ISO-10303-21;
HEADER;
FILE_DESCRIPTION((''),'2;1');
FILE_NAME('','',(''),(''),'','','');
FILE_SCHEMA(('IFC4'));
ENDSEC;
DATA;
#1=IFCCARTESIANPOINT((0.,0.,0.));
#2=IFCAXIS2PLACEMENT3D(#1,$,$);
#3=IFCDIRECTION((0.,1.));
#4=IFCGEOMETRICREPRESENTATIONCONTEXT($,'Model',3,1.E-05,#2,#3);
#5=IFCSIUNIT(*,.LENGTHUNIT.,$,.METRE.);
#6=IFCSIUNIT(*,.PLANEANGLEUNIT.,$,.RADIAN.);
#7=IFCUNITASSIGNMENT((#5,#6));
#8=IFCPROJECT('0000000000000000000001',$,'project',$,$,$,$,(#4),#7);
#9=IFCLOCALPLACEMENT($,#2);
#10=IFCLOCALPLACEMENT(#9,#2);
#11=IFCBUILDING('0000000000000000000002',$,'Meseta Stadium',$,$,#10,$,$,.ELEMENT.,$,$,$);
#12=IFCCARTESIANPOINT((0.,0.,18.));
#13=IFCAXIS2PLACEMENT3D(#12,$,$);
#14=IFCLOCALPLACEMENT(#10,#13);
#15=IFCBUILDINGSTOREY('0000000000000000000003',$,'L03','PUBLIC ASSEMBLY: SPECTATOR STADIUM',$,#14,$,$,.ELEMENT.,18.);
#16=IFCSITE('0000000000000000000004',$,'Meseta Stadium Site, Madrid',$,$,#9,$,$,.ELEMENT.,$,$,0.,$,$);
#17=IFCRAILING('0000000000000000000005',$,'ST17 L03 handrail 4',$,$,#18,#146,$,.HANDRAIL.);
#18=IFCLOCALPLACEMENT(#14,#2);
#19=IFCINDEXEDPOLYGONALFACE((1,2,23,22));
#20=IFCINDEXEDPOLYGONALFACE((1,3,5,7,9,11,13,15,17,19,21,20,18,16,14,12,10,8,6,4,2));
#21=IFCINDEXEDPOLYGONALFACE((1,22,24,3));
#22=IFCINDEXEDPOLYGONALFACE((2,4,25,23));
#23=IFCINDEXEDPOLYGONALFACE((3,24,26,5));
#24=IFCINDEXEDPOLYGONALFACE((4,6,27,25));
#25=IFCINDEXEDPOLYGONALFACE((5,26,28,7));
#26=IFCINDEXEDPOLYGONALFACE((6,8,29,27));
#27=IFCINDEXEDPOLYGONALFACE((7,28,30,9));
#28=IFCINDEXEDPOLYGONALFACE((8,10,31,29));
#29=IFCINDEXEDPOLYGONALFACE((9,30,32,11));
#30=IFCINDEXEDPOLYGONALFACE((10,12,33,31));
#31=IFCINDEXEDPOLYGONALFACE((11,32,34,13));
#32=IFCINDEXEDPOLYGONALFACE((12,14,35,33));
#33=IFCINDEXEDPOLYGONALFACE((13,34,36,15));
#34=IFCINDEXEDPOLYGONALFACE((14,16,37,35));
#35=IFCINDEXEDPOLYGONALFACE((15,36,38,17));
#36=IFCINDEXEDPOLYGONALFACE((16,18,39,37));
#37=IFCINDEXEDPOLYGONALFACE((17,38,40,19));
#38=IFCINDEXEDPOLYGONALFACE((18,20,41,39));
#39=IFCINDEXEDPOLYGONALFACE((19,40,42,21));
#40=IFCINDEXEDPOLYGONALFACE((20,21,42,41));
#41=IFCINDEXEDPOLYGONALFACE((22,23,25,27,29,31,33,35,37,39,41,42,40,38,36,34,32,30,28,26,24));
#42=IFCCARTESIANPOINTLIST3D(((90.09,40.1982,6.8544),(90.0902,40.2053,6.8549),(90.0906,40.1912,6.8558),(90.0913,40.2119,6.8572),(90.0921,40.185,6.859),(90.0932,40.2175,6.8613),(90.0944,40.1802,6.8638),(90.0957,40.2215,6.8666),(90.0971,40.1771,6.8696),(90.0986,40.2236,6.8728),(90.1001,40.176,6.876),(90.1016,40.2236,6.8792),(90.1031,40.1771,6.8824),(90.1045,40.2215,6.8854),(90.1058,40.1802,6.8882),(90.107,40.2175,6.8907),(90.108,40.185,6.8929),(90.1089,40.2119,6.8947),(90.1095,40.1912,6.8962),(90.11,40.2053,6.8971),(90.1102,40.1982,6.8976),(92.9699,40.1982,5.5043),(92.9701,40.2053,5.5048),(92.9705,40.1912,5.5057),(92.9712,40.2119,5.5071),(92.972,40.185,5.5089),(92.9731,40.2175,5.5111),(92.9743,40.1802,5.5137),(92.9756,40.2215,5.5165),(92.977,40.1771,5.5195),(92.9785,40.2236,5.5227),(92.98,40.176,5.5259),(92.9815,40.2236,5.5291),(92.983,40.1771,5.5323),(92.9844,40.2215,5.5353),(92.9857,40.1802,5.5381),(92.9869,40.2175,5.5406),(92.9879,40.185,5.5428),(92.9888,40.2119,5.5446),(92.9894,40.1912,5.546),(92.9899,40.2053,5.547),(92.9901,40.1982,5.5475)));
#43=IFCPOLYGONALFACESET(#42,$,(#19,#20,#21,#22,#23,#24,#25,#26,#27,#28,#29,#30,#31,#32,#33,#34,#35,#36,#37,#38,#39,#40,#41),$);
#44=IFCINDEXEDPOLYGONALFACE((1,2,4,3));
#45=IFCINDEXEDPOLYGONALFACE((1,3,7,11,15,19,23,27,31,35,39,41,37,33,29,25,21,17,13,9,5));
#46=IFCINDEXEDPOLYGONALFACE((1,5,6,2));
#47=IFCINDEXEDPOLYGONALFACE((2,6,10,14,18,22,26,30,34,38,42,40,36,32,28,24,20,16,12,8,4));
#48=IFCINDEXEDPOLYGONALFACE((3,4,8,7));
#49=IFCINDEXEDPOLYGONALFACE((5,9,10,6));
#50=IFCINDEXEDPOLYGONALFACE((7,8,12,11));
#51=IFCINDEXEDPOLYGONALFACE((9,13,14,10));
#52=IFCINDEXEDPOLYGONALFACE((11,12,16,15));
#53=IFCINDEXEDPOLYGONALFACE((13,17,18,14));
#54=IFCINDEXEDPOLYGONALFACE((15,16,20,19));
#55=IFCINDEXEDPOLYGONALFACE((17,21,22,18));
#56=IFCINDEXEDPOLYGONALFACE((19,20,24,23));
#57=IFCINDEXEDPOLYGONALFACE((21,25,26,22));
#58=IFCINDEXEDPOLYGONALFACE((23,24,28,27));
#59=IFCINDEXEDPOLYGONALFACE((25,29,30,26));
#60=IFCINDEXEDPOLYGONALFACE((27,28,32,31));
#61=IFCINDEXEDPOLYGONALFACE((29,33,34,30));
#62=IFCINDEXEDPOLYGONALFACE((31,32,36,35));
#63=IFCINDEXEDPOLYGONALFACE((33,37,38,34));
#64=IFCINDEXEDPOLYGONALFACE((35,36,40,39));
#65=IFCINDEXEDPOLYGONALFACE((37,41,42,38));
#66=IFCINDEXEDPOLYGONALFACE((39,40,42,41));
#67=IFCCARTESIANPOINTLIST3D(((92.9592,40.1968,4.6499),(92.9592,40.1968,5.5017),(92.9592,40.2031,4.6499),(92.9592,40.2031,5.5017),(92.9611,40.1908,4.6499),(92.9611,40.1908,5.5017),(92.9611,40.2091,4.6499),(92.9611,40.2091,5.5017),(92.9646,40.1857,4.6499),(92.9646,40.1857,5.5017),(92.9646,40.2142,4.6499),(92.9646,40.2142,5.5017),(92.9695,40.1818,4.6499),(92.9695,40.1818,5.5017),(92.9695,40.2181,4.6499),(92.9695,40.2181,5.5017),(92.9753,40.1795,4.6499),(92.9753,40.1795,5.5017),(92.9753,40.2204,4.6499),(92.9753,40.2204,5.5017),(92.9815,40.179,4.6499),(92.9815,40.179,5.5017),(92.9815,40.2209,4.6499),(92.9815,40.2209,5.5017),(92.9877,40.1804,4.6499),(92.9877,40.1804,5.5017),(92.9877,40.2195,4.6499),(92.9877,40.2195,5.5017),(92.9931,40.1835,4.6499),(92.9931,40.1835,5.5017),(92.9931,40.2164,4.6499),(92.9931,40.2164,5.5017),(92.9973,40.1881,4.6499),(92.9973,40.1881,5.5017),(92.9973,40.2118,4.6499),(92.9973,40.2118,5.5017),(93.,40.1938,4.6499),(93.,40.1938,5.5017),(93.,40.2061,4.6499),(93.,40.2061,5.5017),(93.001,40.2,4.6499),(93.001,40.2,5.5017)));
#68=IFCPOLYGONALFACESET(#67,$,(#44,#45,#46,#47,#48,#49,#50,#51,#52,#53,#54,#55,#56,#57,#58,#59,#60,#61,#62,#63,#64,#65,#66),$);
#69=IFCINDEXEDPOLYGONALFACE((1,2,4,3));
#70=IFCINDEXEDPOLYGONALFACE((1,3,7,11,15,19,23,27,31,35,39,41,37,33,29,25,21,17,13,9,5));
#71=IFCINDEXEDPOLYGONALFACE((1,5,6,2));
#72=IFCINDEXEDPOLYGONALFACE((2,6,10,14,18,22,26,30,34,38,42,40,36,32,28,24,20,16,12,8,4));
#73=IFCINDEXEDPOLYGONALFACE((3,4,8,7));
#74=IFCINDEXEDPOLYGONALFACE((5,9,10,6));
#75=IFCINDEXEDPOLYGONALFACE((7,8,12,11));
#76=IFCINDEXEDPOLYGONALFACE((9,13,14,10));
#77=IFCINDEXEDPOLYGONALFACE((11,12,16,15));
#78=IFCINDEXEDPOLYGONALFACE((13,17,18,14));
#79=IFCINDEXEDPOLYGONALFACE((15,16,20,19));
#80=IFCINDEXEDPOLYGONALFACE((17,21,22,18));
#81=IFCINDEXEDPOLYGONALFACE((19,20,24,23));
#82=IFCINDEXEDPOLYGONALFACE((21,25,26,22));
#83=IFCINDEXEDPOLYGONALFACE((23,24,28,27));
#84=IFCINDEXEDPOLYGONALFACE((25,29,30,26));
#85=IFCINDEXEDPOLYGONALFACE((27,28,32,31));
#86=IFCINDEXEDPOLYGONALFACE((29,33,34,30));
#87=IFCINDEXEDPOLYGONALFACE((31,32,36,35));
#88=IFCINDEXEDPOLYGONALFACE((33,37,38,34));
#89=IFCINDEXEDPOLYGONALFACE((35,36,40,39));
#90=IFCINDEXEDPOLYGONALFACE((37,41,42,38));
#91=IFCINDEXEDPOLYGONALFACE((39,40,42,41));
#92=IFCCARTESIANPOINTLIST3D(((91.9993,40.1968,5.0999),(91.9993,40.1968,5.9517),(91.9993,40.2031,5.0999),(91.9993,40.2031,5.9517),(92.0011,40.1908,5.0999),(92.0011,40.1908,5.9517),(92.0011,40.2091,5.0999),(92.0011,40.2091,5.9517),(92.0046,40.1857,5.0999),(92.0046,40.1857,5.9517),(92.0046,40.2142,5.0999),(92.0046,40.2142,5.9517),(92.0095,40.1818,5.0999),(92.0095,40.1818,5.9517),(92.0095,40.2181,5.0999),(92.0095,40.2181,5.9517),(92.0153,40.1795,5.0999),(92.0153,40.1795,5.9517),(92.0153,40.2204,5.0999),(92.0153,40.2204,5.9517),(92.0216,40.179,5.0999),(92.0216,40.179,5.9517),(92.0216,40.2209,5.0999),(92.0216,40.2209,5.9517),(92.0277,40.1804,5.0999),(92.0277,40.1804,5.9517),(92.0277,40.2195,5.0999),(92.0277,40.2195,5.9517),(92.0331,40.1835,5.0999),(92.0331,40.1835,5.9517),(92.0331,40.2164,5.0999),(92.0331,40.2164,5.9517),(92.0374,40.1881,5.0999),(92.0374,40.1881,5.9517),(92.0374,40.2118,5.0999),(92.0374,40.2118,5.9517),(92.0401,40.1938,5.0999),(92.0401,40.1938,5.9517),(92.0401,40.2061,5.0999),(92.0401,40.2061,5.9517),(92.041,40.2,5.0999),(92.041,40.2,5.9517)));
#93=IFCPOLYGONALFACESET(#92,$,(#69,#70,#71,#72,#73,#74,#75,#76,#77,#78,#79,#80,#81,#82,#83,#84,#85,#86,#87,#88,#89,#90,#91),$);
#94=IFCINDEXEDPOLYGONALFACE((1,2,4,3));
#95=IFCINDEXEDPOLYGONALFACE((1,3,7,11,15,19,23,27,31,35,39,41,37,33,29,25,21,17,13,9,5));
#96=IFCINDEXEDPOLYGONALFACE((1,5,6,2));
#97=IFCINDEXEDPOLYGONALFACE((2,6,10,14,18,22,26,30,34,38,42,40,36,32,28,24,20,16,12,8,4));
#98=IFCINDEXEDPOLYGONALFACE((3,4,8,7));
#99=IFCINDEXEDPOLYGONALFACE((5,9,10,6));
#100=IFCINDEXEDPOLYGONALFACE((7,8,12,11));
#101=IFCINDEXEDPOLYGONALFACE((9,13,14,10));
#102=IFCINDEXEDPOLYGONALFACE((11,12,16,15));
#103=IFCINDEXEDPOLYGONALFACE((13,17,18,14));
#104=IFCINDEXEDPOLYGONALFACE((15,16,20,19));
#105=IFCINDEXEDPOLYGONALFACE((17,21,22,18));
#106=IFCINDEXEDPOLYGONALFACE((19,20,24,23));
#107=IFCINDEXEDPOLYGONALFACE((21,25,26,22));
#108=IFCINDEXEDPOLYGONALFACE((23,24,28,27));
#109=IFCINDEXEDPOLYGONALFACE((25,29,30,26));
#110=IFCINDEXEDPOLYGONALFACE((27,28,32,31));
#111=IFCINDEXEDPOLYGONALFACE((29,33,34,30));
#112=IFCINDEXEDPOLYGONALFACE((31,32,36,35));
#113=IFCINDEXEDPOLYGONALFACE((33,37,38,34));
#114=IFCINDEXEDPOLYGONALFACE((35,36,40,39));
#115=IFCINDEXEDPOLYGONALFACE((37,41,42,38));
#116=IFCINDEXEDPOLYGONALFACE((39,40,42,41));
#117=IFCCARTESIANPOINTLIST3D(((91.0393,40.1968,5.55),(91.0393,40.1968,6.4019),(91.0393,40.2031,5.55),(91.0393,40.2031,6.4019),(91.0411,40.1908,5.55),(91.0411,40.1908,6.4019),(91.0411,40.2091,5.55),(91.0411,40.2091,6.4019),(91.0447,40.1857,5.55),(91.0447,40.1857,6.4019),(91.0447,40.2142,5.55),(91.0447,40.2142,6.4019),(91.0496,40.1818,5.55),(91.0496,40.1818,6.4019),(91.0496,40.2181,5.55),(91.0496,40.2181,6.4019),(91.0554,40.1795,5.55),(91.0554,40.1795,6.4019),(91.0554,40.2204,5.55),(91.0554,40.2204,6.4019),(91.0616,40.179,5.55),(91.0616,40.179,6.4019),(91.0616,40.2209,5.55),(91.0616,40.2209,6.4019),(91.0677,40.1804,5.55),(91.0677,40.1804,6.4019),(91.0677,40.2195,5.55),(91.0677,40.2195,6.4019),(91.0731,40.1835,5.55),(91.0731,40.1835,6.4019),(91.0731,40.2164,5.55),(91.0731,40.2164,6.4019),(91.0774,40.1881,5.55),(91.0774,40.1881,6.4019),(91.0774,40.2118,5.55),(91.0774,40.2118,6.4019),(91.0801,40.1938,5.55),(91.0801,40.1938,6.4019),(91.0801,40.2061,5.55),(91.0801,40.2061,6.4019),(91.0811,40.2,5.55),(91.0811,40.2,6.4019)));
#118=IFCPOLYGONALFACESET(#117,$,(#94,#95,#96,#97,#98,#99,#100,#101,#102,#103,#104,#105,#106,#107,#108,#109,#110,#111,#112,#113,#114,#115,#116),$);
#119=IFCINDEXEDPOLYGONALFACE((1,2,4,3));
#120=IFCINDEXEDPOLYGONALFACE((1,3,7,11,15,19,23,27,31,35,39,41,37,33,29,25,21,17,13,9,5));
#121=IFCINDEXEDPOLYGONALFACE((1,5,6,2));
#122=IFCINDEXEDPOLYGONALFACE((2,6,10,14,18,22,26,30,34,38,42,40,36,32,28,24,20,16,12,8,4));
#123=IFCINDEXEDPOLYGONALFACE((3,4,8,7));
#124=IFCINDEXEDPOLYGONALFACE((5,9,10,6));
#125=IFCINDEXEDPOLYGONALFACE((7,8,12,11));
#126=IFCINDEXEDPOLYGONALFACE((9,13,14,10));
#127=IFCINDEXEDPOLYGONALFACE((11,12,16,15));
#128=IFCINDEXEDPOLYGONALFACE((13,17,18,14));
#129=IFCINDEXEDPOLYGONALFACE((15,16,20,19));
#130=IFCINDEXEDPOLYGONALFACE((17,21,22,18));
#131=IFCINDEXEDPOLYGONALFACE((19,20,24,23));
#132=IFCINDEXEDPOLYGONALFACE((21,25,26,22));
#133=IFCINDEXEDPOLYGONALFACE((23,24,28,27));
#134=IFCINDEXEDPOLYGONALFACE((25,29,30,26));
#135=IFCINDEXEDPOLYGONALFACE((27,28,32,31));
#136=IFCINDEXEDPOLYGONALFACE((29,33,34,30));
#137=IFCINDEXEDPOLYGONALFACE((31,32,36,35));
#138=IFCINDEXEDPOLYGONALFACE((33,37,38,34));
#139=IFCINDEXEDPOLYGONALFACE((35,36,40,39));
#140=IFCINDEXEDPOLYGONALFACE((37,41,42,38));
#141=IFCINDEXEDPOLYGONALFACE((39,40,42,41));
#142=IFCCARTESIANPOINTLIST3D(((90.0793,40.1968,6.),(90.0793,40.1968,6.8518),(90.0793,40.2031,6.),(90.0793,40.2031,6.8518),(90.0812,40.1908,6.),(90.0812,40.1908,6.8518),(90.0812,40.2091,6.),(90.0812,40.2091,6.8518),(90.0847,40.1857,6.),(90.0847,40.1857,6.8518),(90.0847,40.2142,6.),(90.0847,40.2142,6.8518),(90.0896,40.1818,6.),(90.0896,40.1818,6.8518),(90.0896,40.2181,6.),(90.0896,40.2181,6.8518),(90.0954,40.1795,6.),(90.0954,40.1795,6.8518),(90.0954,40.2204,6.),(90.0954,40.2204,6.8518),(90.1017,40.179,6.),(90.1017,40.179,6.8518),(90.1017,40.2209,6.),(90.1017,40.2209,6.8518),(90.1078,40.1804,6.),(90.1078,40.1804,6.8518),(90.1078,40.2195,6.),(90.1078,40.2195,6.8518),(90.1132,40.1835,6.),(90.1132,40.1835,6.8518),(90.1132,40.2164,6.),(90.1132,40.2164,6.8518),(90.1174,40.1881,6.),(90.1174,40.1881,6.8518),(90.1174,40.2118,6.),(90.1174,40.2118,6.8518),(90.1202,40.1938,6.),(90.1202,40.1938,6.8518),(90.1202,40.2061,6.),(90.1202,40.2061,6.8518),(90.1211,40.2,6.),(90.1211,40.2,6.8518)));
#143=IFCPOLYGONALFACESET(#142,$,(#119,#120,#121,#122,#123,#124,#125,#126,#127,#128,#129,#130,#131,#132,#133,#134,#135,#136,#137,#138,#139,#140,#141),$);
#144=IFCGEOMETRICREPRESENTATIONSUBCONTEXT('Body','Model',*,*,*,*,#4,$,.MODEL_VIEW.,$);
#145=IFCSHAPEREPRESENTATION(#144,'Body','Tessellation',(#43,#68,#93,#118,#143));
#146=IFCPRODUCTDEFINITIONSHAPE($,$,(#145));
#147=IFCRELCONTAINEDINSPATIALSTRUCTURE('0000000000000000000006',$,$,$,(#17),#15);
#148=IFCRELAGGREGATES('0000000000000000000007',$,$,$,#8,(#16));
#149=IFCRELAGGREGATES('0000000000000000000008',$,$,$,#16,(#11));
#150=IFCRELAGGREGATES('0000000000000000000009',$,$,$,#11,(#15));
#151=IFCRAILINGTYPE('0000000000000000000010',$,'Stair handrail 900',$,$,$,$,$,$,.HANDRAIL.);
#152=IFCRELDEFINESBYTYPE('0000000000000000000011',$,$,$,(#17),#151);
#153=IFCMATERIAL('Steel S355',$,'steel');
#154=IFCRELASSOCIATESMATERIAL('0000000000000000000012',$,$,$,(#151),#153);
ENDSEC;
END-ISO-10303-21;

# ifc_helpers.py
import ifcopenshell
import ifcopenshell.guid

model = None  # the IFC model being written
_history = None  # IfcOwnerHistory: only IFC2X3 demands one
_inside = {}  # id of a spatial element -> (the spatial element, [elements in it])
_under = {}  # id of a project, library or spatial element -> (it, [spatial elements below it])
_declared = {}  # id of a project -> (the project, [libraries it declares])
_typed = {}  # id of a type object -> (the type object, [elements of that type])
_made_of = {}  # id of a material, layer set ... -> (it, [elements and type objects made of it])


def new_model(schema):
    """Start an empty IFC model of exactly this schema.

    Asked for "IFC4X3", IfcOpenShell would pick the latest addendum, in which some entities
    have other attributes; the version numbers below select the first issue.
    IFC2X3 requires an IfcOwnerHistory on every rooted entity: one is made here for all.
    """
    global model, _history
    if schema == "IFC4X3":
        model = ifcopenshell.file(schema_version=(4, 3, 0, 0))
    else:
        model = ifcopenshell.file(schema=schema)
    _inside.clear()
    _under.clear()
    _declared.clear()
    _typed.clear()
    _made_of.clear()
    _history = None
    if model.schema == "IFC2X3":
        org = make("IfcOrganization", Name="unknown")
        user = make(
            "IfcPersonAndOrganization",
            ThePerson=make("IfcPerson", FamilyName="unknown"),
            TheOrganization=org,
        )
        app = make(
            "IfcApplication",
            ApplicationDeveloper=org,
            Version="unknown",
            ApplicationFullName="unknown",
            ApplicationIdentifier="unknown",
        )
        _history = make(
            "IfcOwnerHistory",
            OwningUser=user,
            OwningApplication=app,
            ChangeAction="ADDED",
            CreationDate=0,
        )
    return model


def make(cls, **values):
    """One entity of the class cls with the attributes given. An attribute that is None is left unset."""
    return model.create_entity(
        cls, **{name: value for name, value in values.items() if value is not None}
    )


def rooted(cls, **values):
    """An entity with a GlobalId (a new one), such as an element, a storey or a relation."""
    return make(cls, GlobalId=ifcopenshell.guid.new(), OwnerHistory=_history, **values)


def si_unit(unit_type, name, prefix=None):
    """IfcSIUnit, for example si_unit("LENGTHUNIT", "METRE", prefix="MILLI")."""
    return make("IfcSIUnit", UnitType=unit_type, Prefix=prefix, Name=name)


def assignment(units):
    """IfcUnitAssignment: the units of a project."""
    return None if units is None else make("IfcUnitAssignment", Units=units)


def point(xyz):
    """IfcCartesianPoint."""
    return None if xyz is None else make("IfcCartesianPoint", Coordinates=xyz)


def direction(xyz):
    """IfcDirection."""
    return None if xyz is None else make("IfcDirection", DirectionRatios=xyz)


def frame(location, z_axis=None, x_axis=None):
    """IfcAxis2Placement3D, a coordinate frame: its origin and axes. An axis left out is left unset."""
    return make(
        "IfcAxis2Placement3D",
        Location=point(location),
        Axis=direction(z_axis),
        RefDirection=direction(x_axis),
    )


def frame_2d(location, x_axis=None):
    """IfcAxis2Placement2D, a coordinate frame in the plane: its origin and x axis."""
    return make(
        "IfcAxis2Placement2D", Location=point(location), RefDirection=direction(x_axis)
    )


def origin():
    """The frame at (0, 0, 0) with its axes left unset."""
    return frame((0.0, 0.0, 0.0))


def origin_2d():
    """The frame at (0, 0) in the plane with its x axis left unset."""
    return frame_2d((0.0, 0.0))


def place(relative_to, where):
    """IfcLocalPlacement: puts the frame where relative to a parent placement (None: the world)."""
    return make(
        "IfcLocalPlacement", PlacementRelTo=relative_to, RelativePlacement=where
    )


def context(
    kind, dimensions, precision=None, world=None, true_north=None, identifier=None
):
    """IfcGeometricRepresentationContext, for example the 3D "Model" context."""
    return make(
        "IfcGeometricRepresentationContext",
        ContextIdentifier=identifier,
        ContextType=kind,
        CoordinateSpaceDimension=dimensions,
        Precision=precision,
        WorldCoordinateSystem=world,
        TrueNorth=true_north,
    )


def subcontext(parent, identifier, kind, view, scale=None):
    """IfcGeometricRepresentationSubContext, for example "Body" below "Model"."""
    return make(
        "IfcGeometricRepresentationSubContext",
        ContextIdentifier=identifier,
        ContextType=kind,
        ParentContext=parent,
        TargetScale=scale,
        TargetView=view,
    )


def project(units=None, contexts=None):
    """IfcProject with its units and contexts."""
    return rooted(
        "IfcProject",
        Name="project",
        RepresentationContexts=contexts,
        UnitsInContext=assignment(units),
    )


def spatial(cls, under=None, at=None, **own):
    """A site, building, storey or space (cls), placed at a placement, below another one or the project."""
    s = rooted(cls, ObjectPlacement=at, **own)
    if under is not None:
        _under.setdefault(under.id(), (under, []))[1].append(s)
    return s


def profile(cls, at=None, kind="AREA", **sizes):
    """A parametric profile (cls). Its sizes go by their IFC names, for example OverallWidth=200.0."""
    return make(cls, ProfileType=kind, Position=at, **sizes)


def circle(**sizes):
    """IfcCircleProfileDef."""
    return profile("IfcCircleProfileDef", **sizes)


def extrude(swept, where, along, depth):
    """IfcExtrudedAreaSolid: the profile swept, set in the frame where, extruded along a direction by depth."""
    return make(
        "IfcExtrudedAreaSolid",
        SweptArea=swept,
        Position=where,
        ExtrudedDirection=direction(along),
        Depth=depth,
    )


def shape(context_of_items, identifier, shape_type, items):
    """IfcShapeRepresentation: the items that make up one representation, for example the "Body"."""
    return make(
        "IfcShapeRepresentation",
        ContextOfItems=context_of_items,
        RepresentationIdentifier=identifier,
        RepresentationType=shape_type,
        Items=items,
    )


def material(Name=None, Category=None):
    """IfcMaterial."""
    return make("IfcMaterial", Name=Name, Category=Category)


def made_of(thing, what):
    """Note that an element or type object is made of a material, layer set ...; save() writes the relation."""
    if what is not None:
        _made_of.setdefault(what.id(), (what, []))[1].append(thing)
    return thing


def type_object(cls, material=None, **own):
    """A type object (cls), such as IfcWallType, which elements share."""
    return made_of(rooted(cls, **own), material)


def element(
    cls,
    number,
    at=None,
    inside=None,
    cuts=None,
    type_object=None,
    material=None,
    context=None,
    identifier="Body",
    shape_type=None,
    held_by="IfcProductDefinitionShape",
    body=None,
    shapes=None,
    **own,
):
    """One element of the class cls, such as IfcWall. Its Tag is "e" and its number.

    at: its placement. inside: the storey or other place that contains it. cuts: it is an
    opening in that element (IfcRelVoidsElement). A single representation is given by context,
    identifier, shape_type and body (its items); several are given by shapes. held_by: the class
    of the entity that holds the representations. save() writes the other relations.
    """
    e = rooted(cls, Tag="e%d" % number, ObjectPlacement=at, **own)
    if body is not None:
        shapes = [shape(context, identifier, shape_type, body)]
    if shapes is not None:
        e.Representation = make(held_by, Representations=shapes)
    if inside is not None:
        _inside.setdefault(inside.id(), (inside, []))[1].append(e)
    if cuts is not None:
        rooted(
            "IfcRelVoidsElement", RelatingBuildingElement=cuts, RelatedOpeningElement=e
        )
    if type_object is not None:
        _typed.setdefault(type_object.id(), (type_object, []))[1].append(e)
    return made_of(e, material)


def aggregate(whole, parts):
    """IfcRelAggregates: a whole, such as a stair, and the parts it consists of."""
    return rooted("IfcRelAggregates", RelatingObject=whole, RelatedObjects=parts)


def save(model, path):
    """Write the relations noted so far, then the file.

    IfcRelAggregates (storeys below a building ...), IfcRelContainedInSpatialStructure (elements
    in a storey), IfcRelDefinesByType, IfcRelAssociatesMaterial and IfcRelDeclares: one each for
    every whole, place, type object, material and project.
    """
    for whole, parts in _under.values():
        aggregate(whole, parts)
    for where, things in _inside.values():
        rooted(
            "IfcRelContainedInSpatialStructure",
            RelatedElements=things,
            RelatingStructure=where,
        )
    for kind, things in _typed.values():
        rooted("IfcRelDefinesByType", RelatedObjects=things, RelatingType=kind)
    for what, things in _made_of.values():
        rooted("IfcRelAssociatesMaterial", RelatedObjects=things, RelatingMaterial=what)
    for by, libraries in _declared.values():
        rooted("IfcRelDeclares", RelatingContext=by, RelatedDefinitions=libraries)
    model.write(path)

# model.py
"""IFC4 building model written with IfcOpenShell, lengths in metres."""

from ifc_helpers import new_model, si_unit, direction, frame, origin, origin_2d, place, context, subcontext, project, spatial, circle, extrude, material, type_object, element, save


model = new_model("IFC4")

# Units and contexts
model_context = context("Model", 3, precision=1e-05, world=origin(), true_north=direction((0.0, 1.0)))
body_context = subcontext(model_context, "Body", "Model", "MODEL_VIEW")
ifc_project = project(units=[si_unit("LENGTHUNIT", "METRE"), si_unit("PLANEANGLEUNIT", "RADIAN")], contexts=[model_context])

# Site, building, storey
site_placement = place(None, origin())
site = spatial("IfcSite", under=ifc_project, at=site_placement, Name="Meseta Stadium Site, Madrid", CompositionType="ELEMENT", RefElevation=0.0)
building_placement = place(site_placement, origin())
building = spatial("IfcBuilding", under=site, at=building_placement, Name="Meseta Stadium", CompositionType="ELEMENT")
storey_placement = place(building_placement, frame((0.0, 0.0, 18.0)))
storey = spatial("IfcBuildingStorey", under=building, at=storey_placement, Name="L03", Description="PUBLIC ASSEMBLY: SPECTATOR STADIUM", CompositionType="ELEMENT", Elevation=18.0)

# Railing
ifc_material_1 = material(Name="Steel S355", Category="steel")
railing_type_1 = type_object("IfcRailingType", Name="Stair handrail 900", PredefinedType="HANDRAIL", material=ifc_material_1)
for number, where, name in (
    (1, (92.98, 40.2, 4.6499), "ST17 L03 handrail 4"),
):
    element("IfcRailing", number, at=place(storey_placement, frame(where)), inside=storey, type_object=railing_type_1, Name=name, PredefinedType="HANDRAIL", context=body_context, shape_type="SweptSolid", body=[
        extrude(circle(Radius=0.0239, at=origin_2d()), frame((0.0, 0.0, 0.876), z_axis=(-0.90544, 0.0, 0.424473), x_axis=(0.0, -1.0, 0.0)), (0.0, 0.0, 1.0), 3.1807),
        extrude(circle(Radius=0.021, at=origin_2d()), origin(), (0.0, 0.0, 1.0), 0.8518),
        extrude(circle(Radius=0.021, at=origin_2d()), frame((-0.96, 0.0, 0.45)), (0.0, 0.0, 1.0), 0.8518),
        extrude(circle(Radius=0.021, at=origin_2d()), frame((-1.9199, 0.0, 0.9001)), (0.0, 0.0, 1.0), 0.8518),
        extrude(circle(Radius=0.021, at=origin_2d()), frame((-2.8799, 0.0, 1.3501)), (0.0, 0.0, 1.0), 0.8518),
    ])

save(model, "model.ifc")
